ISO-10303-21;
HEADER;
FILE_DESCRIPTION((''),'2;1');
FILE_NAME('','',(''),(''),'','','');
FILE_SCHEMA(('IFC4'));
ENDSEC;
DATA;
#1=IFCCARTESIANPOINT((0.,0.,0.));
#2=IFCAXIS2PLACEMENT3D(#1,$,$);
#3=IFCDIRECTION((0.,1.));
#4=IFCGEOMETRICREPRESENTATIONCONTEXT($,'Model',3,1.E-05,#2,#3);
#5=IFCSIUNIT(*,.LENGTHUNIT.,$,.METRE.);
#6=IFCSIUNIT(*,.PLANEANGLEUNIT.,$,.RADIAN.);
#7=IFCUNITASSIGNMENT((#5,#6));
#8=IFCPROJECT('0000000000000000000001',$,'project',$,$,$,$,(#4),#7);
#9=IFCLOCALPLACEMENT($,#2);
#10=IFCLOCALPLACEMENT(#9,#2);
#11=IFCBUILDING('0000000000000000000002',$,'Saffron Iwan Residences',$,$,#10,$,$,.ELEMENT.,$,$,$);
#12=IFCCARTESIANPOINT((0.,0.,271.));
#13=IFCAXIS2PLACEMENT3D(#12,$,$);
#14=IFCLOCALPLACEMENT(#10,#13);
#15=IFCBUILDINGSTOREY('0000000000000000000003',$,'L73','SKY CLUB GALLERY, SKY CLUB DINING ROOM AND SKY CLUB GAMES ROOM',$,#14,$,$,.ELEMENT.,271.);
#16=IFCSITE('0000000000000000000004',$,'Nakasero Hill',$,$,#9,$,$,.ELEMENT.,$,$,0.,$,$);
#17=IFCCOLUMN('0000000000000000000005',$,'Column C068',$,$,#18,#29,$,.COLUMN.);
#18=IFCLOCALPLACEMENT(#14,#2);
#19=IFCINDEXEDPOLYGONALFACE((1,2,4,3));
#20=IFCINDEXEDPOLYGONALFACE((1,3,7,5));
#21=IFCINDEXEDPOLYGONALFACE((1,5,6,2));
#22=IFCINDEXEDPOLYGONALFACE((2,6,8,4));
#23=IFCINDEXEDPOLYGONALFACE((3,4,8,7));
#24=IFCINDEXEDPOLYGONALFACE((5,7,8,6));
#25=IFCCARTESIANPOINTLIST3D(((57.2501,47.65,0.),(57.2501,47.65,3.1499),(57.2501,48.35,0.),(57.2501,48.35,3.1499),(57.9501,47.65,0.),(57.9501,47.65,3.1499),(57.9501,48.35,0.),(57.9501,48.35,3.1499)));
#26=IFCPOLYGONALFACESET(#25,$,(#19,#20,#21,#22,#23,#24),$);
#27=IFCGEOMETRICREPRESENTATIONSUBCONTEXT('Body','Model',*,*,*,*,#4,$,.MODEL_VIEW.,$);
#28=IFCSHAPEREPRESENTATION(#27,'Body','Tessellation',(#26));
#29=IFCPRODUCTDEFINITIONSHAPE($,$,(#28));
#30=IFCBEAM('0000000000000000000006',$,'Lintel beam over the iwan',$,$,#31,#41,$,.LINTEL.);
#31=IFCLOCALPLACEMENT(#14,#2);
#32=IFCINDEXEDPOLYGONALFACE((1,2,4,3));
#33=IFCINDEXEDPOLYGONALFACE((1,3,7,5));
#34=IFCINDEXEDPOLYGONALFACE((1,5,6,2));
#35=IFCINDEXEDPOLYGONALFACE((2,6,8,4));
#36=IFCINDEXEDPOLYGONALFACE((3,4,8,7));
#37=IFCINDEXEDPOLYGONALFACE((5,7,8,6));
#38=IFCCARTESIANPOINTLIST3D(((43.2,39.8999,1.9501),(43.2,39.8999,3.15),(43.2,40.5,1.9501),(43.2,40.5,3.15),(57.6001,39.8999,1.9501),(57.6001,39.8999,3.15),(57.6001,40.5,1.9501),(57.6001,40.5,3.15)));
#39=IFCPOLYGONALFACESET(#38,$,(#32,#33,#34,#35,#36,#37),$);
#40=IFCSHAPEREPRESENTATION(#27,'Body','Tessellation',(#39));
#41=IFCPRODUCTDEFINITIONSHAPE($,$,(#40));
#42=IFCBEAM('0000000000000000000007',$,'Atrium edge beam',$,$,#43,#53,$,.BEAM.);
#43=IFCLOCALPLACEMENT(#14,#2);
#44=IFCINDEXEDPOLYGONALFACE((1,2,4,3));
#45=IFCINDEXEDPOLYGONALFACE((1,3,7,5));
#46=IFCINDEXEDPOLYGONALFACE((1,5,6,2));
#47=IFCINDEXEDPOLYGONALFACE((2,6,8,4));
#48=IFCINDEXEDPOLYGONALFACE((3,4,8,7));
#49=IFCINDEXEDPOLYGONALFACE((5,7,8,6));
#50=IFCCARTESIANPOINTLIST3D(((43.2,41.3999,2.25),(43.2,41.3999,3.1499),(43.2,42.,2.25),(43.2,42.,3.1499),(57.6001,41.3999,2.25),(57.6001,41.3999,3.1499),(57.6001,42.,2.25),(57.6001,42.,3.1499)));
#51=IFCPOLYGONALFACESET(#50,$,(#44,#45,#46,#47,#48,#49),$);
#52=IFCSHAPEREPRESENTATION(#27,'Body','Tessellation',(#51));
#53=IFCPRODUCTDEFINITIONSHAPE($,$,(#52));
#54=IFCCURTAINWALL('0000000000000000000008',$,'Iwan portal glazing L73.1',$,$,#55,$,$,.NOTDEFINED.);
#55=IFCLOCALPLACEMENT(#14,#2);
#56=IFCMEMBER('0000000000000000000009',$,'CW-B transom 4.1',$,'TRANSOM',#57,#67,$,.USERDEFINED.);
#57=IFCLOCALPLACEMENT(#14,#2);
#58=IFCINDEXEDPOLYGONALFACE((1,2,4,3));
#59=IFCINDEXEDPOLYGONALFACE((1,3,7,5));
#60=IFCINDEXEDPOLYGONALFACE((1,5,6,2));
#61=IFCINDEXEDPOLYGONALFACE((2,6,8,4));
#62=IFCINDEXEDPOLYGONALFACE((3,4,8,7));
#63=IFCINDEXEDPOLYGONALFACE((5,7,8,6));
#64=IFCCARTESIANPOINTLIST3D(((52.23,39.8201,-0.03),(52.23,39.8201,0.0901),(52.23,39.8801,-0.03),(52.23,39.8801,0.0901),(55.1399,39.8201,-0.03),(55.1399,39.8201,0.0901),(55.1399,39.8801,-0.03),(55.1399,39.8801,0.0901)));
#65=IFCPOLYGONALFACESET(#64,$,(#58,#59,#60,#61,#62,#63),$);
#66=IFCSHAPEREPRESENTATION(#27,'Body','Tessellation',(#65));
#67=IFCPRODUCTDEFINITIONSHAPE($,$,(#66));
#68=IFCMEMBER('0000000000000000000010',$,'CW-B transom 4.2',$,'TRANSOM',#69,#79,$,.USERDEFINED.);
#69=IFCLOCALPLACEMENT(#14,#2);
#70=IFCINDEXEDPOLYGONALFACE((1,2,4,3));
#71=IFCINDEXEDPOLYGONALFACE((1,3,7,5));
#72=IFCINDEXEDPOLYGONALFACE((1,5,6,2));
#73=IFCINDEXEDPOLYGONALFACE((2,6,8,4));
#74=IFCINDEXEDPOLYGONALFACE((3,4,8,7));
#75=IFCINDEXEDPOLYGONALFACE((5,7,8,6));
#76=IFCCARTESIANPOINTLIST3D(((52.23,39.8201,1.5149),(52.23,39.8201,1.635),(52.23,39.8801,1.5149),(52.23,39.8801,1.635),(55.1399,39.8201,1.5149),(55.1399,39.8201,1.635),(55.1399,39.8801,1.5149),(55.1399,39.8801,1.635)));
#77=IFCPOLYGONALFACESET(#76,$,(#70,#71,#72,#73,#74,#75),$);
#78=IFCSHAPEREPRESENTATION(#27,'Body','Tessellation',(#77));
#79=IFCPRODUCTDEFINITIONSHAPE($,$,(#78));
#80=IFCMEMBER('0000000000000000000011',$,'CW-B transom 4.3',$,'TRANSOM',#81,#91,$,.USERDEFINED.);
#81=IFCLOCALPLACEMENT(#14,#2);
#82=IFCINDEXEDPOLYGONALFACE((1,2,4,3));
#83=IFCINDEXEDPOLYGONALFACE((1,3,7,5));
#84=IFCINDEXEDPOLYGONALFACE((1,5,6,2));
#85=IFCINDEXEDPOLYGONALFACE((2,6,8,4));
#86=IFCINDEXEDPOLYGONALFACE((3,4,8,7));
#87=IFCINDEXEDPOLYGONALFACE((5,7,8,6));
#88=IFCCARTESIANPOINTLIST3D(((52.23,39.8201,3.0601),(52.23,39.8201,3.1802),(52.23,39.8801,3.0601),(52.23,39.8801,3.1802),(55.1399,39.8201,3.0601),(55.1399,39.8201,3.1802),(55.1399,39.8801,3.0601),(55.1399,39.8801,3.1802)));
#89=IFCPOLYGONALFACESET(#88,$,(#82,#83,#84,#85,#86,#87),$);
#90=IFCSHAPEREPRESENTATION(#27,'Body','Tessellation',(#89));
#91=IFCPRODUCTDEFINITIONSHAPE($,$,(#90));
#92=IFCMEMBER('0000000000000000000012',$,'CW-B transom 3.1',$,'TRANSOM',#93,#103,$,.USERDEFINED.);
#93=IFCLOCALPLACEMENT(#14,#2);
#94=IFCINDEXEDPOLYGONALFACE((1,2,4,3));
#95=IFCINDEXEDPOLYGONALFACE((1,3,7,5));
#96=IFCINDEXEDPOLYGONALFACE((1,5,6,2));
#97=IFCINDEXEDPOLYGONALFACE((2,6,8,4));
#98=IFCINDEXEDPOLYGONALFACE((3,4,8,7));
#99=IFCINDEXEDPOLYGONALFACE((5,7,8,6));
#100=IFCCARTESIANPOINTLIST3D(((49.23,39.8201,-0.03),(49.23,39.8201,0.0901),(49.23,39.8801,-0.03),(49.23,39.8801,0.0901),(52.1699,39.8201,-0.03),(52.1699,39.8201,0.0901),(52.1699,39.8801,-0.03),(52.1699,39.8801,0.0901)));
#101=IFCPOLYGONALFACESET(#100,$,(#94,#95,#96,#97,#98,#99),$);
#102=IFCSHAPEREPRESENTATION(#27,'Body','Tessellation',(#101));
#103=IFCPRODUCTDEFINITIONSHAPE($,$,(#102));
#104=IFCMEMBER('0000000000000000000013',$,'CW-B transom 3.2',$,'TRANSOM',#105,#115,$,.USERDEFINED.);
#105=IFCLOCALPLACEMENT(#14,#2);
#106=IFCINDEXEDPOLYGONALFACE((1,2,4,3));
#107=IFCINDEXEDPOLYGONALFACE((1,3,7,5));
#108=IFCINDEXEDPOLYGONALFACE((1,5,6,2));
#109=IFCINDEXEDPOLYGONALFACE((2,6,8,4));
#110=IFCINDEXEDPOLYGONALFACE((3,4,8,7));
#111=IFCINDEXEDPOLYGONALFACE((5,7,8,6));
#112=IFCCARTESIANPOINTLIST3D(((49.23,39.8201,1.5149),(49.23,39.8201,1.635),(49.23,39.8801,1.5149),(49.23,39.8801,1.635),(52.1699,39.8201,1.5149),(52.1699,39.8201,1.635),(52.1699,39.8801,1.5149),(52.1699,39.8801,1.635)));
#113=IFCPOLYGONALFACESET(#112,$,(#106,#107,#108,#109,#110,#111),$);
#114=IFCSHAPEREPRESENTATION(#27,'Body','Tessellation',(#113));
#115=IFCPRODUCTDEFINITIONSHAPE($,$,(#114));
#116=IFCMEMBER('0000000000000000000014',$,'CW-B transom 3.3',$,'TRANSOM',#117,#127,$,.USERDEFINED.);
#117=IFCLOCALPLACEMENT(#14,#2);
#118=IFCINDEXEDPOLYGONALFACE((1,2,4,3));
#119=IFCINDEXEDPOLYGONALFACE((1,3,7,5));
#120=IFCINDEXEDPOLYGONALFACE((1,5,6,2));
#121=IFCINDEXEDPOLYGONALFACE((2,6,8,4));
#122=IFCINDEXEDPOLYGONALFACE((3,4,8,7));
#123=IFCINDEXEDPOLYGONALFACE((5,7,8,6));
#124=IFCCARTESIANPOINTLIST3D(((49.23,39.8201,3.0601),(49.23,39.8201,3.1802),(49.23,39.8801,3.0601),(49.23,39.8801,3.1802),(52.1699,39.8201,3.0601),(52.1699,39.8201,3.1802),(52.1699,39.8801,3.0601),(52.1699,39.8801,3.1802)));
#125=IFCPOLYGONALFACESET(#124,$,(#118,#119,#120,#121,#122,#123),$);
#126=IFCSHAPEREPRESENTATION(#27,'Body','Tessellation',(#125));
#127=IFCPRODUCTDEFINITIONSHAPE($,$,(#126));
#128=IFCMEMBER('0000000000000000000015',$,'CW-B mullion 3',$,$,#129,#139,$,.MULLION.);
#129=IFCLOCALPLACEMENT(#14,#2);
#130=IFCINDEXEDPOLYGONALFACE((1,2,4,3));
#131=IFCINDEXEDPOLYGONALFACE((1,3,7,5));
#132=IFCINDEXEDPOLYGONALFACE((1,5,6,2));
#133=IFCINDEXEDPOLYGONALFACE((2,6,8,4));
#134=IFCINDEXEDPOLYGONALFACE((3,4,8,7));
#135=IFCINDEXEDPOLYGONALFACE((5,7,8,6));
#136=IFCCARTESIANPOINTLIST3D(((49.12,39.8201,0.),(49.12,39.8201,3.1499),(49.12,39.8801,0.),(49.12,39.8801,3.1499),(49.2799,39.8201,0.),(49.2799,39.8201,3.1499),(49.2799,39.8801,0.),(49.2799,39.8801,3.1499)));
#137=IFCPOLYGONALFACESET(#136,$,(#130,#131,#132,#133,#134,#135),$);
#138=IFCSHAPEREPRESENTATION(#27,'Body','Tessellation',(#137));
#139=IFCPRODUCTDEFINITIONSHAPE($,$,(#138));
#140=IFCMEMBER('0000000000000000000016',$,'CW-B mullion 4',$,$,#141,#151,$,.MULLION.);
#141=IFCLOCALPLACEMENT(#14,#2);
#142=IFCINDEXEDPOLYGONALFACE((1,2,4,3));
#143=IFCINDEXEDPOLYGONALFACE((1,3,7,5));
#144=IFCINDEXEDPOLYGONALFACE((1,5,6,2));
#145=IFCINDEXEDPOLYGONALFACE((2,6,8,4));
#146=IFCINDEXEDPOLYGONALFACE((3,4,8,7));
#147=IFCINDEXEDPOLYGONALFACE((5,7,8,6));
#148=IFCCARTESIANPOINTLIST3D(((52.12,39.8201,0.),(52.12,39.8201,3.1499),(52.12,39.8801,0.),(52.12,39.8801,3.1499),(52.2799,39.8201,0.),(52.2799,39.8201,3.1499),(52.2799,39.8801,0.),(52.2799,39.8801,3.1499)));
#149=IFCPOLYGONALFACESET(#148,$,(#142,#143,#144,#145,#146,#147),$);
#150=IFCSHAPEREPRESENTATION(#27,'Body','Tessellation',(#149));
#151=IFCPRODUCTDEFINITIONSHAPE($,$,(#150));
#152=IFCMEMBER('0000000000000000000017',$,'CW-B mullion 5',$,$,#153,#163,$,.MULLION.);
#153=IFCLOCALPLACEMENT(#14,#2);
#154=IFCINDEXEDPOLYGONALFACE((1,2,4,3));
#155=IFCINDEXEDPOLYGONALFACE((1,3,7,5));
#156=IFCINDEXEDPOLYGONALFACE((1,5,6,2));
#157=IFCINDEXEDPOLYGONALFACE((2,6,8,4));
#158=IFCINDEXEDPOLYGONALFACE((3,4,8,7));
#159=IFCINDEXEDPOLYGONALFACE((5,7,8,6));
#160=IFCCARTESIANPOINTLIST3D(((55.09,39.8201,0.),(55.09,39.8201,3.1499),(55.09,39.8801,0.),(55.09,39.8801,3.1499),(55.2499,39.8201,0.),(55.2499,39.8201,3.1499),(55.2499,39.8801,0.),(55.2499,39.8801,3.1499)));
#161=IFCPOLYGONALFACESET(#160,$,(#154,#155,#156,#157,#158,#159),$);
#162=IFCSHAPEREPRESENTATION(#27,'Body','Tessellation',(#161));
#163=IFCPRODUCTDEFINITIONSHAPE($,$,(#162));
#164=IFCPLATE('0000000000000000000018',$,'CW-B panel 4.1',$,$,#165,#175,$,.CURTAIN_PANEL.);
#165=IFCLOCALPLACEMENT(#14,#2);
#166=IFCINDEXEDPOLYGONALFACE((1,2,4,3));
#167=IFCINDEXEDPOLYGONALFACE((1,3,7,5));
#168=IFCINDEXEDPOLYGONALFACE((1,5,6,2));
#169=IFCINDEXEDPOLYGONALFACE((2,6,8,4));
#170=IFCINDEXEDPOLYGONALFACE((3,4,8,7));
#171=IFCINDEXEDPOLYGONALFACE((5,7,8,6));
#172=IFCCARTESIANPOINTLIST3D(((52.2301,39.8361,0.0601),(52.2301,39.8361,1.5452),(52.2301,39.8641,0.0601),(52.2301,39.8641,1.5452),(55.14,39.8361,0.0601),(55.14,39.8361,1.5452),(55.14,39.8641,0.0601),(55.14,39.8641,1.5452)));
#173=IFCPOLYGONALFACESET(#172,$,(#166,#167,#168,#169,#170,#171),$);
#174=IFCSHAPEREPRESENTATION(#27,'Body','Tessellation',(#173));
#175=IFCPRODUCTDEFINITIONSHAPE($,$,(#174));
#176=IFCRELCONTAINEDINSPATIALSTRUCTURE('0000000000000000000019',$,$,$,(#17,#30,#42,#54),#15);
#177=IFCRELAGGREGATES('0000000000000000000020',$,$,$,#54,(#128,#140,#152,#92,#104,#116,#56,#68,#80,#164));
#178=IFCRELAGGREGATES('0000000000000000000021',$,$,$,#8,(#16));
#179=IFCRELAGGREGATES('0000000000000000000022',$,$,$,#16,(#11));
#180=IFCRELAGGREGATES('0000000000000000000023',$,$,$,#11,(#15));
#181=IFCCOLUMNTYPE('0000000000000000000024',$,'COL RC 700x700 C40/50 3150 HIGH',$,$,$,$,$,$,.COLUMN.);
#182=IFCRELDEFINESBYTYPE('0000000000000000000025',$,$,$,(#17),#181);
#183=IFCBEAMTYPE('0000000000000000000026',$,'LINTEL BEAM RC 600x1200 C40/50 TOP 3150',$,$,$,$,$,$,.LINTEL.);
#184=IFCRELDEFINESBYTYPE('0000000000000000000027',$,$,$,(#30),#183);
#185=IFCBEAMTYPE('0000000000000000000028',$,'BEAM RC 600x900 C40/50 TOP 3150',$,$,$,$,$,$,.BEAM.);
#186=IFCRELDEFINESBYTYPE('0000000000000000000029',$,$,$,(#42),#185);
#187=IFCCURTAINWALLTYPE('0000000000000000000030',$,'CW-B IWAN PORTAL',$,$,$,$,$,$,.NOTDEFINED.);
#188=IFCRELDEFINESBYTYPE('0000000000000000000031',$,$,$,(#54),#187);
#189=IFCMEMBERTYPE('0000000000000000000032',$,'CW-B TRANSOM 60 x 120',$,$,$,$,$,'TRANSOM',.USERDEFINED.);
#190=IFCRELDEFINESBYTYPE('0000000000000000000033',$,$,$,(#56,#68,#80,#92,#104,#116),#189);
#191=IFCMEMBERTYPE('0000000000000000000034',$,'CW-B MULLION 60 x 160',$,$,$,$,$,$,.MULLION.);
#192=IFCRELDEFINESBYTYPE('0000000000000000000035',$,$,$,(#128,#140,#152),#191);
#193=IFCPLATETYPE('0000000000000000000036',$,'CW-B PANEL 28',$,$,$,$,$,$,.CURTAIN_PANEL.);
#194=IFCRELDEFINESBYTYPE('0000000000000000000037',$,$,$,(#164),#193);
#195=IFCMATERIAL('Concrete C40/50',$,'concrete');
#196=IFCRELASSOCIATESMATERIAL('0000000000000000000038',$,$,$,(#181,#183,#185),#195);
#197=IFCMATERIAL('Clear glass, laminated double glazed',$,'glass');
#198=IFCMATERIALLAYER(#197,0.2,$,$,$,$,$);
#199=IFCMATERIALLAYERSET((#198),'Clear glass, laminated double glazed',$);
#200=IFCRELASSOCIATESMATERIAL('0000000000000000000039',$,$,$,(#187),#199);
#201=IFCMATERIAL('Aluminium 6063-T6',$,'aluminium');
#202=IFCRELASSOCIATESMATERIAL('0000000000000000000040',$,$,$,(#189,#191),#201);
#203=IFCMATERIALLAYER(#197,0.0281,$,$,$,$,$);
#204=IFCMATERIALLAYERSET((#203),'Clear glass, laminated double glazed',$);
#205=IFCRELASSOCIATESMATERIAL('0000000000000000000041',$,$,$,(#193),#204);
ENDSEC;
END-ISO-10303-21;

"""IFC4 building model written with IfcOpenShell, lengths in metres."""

from ifc_helpers import new_model, si_unit, direction, frame, origin, origin_2d, place, context, subcontext, project, spatial, rectangle, extrude, source, transform, mapped, material, layer, layer_set, material_profile, profile_set, type_object, element, aggregate, save


model = new_model("IFC4")

# Units and contexts
model_context = context("Model", 3, precision=1e-05, world=origin(), true_north=direction((0.0, 1.0)))
body_context = subcontext(model_context, "Body", "Model", "MODEL_VIEW")
ifc_project = project(units=[si_unit("LENGTHUNIT", "METRE"), si_unit("PLANEANGLEUNIT", "RADIAN")], contexts=[model_context])

# Site, building, storey
site_placement = place(None, origin())
site = spatial("IfcSite", under=ifc_project, at=site_placement, Name="Nakasero Hill", CompositionType="ELEMENT", RefElevation=0.0)
building_placement = place(site_placement, origin())
building = spatial("IfcBuilding", under=site, at=building_placement, Name="Saffron Iwan Residences", CompositionType="ELEMENT")
storey_placement = place(building_placement, frame((0.0, 0.0, 271.0)))
storey = spatial("IfcBuildingStorey", under=building, at=storey_placement, Name="L73", Description="SKY CLUB GALLERY, SKY CLUB DINING ROOM AND SKY CLUB GAMES ROOM", CompositionType="ELEMENT", Elevation=271.0)

# Column
ifc_material_1 = material(Name="Concrete C40/50", Category="concrete")
ifc_material_profile_1 = material_profile(ifc_material_1, rectangle(XDim=0.7, YDim=0.7, at=origin_2d()), Name="RC 700x700")
ifc_profile_set_1 = profile_set([ifc_material_profile_1], Name="Concrete C40/50")
column_type = type_object("IfcColumnType", Name="COL RC 700x700 C40/50 3150 HIGH", PredefinedType="COLUMN", material=ifc_profile_set_1)
shared_shape_1 = source(origin(), body_context, "Body", "SweptSolid", [
    extrude(rectangle(XDim=0.7, YDim=0.7, at=origin_2d()), origin(), (0.0, 0.0, 1.0), 3.1499),
])
column_placement = place(storey_placement, frame((57.6001, 48.0, 0.0), z_axis=(0.0, 0.0, 1.0), x_axis=(1.0, 0.0, 0.0)))
element("IfcColumn", 1, at=column_placement, inside=storey, type_object=column_type, Name="Column C068", PredefinedType="COLUMN", context=body_context, shape_type="MappedRepresentation", body=[
    mapped(shared_shape_1, transform((0.0, 0.0, 0.0))),
])

# Beams
ifc_material_profile_2 = material_profile(ifc_material_1, rectangle(XDim=0.6001, YDim=1.2, at=origin_2d()), Name="RC 600x1200")
ifc_profile_set_2 = profile_set([ifc_material_profile_2], Name="Concrete C40/50")
beam_type_1 = type_object("IfcBeamType", Name="LINTEL BEAM RC 600x1200 C40/50 TOP 3150", PredefinedType="LINTEL", material=ifc_profile_set_2)
shared_shape_2 = source(origin(), body_context, "Body", "SweptSolid", [
    extrude(rectangle(XDim=0.6001, YDim=1.2, at=origin_2d()), origin(), (0.0, 0.0, 1.0), 14.4001),
])
beam_1_placement = place(storey_placement, frame((57.6001, 40.2, 2.55), z_axis=(-1.0, 0.0, 0.0), x_axis=(0.0, -1.0, 0.0)))
element("IfcBeam", 2, at=beam_1_placement, inside=storey, type_object=beam_type_1, Name="Lintel beam over the iwan", PredefinedType="LINTEL", context=body_context, shape_type="MappedRepresentation", body=[
    mapped(shared_shape_2, transform((0.0, 0.0, 0.0))),
])
ifc_material_profile_3 = material_profile(ifc_material_1, rectangle(XDim=0.6001, YDim=0.8999, at=origin_2d()), Name="RC 600x900")
ifc_profile_set_3 = profile_set([ifc_material_profile_3], Name="Concrete C40/50")
beam_type_2 = type_object("IfcBeamType", Name="BEAM RC 600x900 C40/50 TOP 3150", PredefinedType="BEAM", material=ifc_profile_set_3)
shared_shape_3 = source(origin(), body_context, "Body", "SweptSolid", [
    extrude(rectangle(XDim=0.6001, YDim=0.8999, at=origin_2d()), origin(), (0.0, 0.0, 1.0), 14.4001),
])
beam_2_placement = place(storey_placement, frame((57.6001, 41.7, 2.7), z_axis=(-1.0, 0.0, 0.0), x_axis=(0.0, -1.0, 0.0)))
element("IfcBeam", 3, at=beam_2_placement, inside=storey, type_object=beam_type_2, Name="Atrium edge beam", PredefinedType="BEAM", context=body_context, shape_type="MappedRepresentation", body=[
    mapped(shared_shape_3, transform((0.0, 0.0, 0.0))),
])

# Curtain wall, members, plate
ifc_material_2 = material(Name="Clear glass, laminated double glazed", Category="glass")
ifc_layer_1 = layer(ifc_material_2, 0.2)
ifc_layer_set_1 = layer_set([ifc_layer_1], Name="Clear glass, laminated double glazed")
curtain_wall_type = type_object("IfcCurtainWallType", Name="CW-B IWAN PORTAL", PredefinedType="NOTDEFINED", material=ifc_layer_set_1)
curtain_wall_placement = place(storey_placement, origin())
curtain_wall = element("IfcCurtainWall", 4, at=curtain_wall_placement, inside=storey, type_object=curtain_wall_type, Name="Iwan portal glazing L73.1", PredefinedType="NOTDEFINED")
ifc_material_3 = material(Name="Aluminium 6063-T6", Category="aluminium")
ifc_material_profile_4 = material_profile(ifc_material_3, rectangle(XDim=0.0601, YDim=0.1201, at=origin_2d()), Name="CW-B TRANSOM 60 x 120")
ifc_profile_set_4 = profile_set([ifc_material_profile_4], Name="Aluminium 6063-T6")
member_type_1 = type_object("IfcMemberType", Name="CW-B TRANSOM 60 x 120", ElementType="TRANSOM", PredefinedType="USERDEFINED", material=ifc_profile_set_4)
shared_shape_4 = source(origin(), body_context, "Body", "SweptSolid", [
    extrude(rectangle(XDim=0.0601, YDim=0.1201, at=origin_2d()), origin(), (0.0, 0.0, 1.0), 2.9099),
])
member_1_placement = place(storey_placement, frame((52.23, 39.8501, 0.03), z_axis=(1.0, 0.0, 0.0), x_axis=(0.0, 1.0, 0.0)))
member_1 = element("IfcMember", 5, at=member_1_placement, type_object=member_type_1, Name="CW-B transom 4.1", ObjectType="TRANSOM", PredefinedType="USERDEFINED", context=body_context, shape_type="MappedRepresentation", body=[
    mapped(shared_shape_4, transform((0.0, 0.0, 0.0))),
])
member_2_placement = place(storey_placement, frame((52.23, 39.8501, 1.575), z_axis=(1.0, 0.0, 0.0), x_axis=(0.0, 1.0, 0.0)))
member_2 = element("IfcMember", 6, at=member_2_placement, type_object=member_type_1, Name="CW-B transom 4.2", ObjectType="TRANSOM", PredefinedType="USERDEFINED", context=body_context, shape_type="MappedRepresentation", body=[
    mapped(shared_shape_4, transform((0.0, 0.0, 0.0))),
])
member_3_placement = place(storey_placement, frame((52.23, 39.8501, 3.1201), z_axis=(1.0, 0.0, 0.0), x_axis=(0.0, 1.0, 0.0)))
member_3 = element("IfcMember", 7, at=member_3_placement, type_object=member_type_1, Name="CW-B transom 4.3", ObjectType="TRANSOM", PredefinedType="USERDEFINED", context=body_context, shape_type="MappedRepresentation", body=[
    mapped(shared_shape_4, transform((0.0, 0.0, 0.0))),
])
shared_shape_5 = source(origin(), body_context, "Body", "SweptSolid", [
    extrude(rectangle(XDim=0.0601, YDim=0.1201, at=origin_2d()), origin(), (0.0, 0.0, 1.0), 2.9399),
])
member_4_placement = place(storey_placement, frame((49.23, 39.8501, 0.03), z_axis=(1.0, 0.0, 0.0), x_axis=(0.0, 1.0, 0.0)))
member_4 = element("IfcMember", 8, at=member_4_placement, type_object=member_type_1, Name="CW-B transom 3.1", ObjectType="TRANSOM", PredefinedType="USERDEFINED", context=body_context, shape_type="MappedRepresentation", body=[
    mapped(shared_shape_5, transform((0.0, 0.0, 0.0))),
])
member_5_placement = place(storey_placement, frame((49.23, 39.8501, 1.575), z_axis=(1.0, 0.0, 0.0), x_axis=(0.0, 1.0, 0.0)))
member_5 = element("IfcMember", 9, at=member_5_placement, type_object=member_type_1, Name="CW-B transom 3.2", ObjectType="TRANSOM", PredefinedType="USERDEFINED", context=body_context, shape_type="MappedRepresentation", body=[
    mapped(shared_shape_5, transform((0.0, 0.0, 0.0))),
])
member_6_placement = place(storey_placement, frame((49.23, 39.8501, 3.1201), z_axis=(1.0, 0.0, 0.0), x_axis=(0.0, 1.0, 0.0)))
member_6 = element("IfcMember", 10, at=member_6_placement, type_object=member_type_1, Name="CW-B transom 3.3", ObjectType="TRANSOM", PredefinedType="USERDEFINED", context=body_context, shape_type="MappedRepresentation", body=[
    mapped(shared_shape_5, transform((0.0, 0.0, 0.0))),
])
ifc_material_profile_5 = material_profile(ifc_material_3, rectangle(XDim=0.0601, YDim=0.1599, at=origin_2d()), Name="CW-B MULLION 60 x 160")
ifc_profile_set_5 = profile_set([ifc_material_profile_5], Name="Aluminium 6063-T6")
member_type_2 = type_object("IfcMemberType", Name="CW-B MULLION 60 x 160", PredefinedType="MULLION", material=ifc_profile_set_5)
shared_shape_6 = source(origin(), body_context, "Body", "SweptSolid", [
    extrude(rectangle(XDim=0.0601, YDim=0.1599, at=origin_2d()), origin(), (0.0, 0.0, 1.0), 3.1499),
])
member_7_placement = place(storey_placement, frame((49.2, 39.8501, 0.0), z_axis=(0.0, 0.0, 1.0), x_axis=(0.0, 1.0, 0.0)))
member_7 = element("IfcMember", 11, at=member_7_placement, type_object=member_type_2, Name="CW-B mullion 3", PredefinedType="MULLION", context=body_context, shape_type="MappedRepresentation", body=[
    mapped(shared_shape_6, transform((0.0, 0.0, 0.0))),
])
member_8_placement = place(storey_placement, frame((52.2, 39.8501, 0.0), z_axis=(0.0, 0.0, 1.0), x_axis=(0.0, 1.0, 0.0)))
member_8 = element("IfcMember", 12, at=member_8_placement, type_object=member_type_2, Name="CW-B mullion 4", PredefinedType="MULLION", context=body_context, shape_type="MappedRepresentation", body=[
    mapped(shared_shape_6, transform((0.0, 0.0, 0.0))),
])
member_9_placement = place(storey_placement, frame((55.1699, 39.8501, 0.0), z_axis=(0.0, 0.0, 1.0), x_axis=(0.0, 1.0, 0.0)))
member_9 = element("IfcMember", 13, at=member_9_placement, type_object=member_type_2, Name="CW-B mullion 5", PredefinedType="MULLION", context=body_context, shape_type="MappedRepresentation", body=[
    mapped(shared_shape_6, transform((0.0, 0.0, 0.0))),
])
ifc_layer_2 = layer(ifc_material_2, 0.0281)
ifc_layer_set_2 = layer_set([ifc_layer_2], Name="Clear glass, laminated double glazed")
plate_type = type_object("IfcPlateType", Name="CW-B PANEL 28", PredefinedType="CURTAIN_PANEL", material=ifc_layer_set_2)
shared_shape_7 = source(origin(), body_context, "Body", "SweptSolid", [
    extrude(rectangle(XDim=2.9099, YDim=0.0281, at=origin_2d()), origin(), (0.0, 0.0, 1.0), 1.4851),
])
plate_1_placement = place(storey_placement, frame((53.6851, 39.8501, 0.0601), z_axis=(0.0, 0.0, 1.0), x_axis=(1.0, 0.0, 0.0)))
plate_1 = element("IfcPlate", 14, at=plate_1_placement, type_object=plate_type, Name="CW-B panel 4.1", PredefinedType="CURTAIN_PANEL", context=body_context, shape_type="MappedRepresentation", body=[
    mapped(shared_shape_7, transform((0.0, 0.0, 0.0))),
])
aggregate(curtain_wall, [member_7, member_8, member_9, member_4, member_5, member_6, member_1, member_2, member_3, plate_1])

save(model, "model.ifc")
